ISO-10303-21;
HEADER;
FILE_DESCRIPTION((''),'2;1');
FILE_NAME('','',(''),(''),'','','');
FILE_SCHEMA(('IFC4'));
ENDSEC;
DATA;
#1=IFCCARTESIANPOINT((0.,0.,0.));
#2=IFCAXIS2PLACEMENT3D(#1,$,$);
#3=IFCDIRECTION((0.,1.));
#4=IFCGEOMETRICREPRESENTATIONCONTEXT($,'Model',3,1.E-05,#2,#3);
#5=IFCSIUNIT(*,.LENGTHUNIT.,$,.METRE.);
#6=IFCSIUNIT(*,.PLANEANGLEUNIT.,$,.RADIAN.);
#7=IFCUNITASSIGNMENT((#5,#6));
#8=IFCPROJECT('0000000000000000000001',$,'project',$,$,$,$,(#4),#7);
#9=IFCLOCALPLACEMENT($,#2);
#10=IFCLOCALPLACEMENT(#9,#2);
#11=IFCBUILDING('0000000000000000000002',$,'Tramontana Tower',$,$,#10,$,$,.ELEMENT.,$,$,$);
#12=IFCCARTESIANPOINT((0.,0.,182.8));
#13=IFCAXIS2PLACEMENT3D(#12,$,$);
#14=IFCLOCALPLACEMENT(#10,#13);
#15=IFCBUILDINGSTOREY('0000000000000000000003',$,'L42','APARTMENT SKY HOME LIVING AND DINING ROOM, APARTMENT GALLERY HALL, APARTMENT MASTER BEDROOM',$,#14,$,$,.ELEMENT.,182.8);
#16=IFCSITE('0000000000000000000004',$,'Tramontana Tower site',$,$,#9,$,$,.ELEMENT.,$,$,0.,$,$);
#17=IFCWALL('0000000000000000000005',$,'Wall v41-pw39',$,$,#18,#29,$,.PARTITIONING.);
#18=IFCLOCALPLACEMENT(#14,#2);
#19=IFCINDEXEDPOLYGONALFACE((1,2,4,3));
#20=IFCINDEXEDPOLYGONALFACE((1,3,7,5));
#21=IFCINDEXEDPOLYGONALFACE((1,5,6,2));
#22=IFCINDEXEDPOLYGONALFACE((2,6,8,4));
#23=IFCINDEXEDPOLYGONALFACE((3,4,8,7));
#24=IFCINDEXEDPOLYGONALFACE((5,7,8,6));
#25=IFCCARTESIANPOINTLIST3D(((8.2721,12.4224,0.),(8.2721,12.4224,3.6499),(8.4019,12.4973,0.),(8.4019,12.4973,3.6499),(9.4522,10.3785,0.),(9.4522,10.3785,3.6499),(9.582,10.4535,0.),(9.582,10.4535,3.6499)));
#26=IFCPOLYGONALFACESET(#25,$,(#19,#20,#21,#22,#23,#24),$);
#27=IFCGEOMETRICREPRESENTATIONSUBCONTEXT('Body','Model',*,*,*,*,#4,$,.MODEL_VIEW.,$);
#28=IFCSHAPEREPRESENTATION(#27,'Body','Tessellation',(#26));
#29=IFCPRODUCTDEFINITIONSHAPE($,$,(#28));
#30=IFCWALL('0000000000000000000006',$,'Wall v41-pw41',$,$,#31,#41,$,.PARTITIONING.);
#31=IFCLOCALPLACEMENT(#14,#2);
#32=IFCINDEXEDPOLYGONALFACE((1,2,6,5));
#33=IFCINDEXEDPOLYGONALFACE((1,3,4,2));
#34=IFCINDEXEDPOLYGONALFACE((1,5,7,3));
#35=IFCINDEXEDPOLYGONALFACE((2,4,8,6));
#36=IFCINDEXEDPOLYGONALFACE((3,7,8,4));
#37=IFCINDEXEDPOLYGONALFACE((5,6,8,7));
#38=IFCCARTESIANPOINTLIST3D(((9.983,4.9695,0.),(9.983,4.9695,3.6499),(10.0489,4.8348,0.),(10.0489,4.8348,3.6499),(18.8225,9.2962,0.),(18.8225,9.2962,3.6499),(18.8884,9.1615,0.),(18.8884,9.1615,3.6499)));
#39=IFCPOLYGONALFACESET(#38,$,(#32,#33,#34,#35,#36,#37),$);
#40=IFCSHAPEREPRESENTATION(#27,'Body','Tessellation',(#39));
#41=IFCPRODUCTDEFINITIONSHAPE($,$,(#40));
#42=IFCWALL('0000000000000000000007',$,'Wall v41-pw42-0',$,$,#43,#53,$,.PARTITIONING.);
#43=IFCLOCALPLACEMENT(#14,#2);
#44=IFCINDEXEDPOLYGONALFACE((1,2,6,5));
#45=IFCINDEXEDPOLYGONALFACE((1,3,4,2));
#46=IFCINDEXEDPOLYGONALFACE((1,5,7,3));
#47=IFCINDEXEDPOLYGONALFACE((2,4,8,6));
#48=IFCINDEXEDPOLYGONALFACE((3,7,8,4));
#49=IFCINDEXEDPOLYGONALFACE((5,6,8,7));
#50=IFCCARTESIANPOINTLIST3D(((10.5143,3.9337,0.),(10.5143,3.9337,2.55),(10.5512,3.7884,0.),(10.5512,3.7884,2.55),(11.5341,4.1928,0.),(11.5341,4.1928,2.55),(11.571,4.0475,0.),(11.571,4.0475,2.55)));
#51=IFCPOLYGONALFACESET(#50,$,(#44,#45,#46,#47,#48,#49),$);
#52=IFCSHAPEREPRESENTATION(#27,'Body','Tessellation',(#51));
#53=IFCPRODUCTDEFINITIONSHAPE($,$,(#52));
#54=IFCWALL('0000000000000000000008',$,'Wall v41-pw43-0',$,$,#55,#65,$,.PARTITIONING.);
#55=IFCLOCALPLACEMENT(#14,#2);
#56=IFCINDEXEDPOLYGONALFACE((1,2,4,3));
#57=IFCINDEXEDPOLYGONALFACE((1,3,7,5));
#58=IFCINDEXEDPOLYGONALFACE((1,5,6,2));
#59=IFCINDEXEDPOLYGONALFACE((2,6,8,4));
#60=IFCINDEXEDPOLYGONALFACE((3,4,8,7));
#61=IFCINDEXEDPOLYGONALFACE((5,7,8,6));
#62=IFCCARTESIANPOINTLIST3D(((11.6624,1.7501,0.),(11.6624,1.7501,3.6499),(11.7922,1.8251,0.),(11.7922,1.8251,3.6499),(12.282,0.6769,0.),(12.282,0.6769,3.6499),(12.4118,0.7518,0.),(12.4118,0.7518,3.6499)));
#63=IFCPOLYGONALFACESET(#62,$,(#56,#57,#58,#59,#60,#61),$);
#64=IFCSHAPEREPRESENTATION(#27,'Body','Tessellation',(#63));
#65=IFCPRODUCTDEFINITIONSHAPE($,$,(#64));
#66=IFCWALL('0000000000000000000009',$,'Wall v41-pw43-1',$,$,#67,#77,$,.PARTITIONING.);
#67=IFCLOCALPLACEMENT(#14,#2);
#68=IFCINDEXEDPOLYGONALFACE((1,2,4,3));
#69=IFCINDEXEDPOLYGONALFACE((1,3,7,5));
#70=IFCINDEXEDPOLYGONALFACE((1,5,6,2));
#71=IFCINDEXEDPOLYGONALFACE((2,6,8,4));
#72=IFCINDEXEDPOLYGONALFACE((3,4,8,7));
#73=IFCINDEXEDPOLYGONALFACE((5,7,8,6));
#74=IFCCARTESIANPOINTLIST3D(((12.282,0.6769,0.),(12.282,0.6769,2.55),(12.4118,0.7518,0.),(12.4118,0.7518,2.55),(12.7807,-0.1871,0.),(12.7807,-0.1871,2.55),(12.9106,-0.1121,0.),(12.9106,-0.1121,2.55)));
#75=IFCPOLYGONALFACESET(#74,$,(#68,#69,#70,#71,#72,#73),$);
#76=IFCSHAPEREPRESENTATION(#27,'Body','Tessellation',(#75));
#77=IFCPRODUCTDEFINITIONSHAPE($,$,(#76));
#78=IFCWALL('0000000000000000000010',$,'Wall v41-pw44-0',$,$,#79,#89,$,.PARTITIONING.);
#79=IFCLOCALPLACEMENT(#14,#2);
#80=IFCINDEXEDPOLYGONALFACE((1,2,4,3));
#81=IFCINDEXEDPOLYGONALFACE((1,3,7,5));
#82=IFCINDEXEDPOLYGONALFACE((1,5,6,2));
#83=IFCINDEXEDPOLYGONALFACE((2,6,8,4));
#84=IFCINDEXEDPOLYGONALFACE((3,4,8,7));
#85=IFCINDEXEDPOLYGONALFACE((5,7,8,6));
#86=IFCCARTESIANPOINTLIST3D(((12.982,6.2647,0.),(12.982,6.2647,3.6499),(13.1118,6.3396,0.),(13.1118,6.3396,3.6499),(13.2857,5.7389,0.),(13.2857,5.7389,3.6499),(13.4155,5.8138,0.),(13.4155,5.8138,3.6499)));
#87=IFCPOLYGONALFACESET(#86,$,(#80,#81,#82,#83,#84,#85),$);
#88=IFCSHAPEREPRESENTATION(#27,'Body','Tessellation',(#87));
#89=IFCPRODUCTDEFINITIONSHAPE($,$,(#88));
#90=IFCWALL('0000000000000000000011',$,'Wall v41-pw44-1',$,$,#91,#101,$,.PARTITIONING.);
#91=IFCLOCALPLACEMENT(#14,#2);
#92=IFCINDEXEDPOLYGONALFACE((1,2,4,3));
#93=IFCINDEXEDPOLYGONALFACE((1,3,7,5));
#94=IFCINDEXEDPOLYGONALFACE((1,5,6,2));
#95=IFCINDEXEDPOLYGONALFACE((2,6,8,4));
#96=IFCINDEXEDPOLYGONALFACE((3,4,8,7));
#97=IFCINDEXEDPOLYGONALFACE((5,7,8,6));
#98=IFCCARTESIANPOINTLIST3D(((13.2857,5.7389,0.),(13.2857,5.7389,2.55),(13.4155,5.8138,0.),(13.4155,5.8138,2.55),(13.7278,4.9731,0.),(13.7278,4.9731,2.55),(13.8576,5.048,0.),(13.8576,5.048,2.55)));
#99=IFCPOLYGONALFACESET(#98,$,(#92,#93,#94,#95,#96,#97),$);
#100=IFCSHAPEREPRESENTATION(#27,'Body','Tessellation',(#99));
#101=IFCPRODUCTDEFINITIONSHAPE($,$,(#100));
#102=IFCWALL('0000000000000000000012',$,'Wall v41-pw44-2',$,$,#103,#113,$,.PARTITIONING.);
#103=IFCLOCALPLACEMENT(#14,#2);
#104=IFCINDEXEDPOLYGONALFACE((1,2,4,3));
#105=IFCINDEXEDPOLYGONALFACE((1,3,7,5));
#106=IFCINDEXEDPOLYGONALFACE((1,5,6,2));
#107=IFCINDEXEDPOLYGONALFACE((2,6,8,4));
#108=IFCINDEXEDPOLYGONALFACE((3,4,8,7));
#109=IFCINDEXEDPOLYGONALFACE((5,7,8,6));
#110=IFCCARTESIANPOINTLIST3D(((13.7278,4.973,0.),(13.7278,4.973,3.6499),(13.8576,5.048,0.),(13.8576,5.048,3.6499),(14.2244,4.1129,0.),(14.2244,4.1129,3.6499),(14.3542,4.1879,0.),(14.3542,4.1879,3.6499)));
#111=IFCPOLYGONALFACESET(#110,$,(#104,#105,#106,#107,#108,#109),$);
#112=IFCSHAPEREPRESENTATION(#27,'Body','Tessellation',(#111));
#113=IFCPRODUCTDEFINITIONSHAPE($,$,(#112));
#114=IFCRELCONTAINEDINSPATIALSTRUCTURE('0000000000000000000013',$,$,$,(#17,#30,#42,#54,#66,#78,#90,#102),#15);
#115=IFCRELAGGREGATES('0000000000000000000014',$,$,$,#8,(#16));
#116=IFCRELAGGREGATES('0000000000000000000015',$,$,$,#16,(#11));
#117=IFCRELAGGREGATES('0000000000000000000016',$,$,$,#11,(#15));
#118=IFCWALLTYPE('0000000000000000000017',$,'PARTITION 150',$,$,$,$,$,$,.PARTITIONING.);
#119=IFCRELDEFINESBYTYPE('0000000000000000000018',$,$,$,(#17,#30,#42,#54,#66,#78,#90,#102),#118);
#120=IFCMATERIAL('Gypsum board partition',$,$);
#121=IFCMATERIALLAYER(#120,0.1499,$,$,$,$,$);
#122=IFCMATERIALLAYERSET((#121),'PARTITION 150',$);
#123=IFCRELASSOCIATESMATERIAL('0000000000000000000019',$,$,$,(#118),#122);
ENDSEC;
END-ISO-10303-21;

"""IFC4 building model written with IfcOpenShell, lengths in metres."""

from ifc_helpers import new_model, si_unit, direction, frame, frame_2d, origin, place, context, subcontext, project, spatial, rectangle, extrude, material, layer, layer_set, type_object, element, save


model = new_model("IFC4")

# Units and contexts
model_context = context("Model", 3, precision=1e-05, world=origin(), true_north=direction((0.0, 1.0)))
body_context = subcontext(model_context, "Body", "Model", "MODEL_VIEW")
ifc_project = project(units=[si_unit("LENGTHUNIT", "METRE"), si_unit("PLANEANGLEUNIT", "RADIAN")], contexts=[model_context])

# Site, building, storey
site_placement = place(None, origin())
site = spatial("IfcSite", under=ifc_project, at=site_placement, Name="Tramontana Tower site", CompositionType="ELEMENT", RefElevation=0.0)
building_placement = place(site_placement, origin())
building = spatial("IfcBuilding", under=site, at=building_placement, Name="Tramontana Tower", CompositionType="ELEMENT")
storey_placement = place(building_placement, frame((0.0, 0.0, 182.8)))
storey = spatial("IfcBuildingStorey", under=building, at=storey_placement, Name="L42", Description="APARTMENT SKY HOME LIVING AND DINING ROOM, APARTMENT GALLERY HALL, APARTMENT MASTER BEDROOM", CompositionType="ELEMENT", Elevation=182.8)

# Walls
ifc_material_1 = material(Name="Gypsum board partition")
ifc_layer_1 = layer(ifc_material_1, 0.1499)
ifc_layer_set_1 = layer_set([ifc_layer_1], Name="PARTITION 150")
wall_type_1 = type_object("IfcWallType", Name="PARTITION 150", PredefinedType="PARTITIONING", material=ifc_layer_set_1)
wall_1_placement = place(storey_placement, frame((8.3369, 12.46, 0.0), z_axis=(0.0, 0.0, 1.0), x_axis=(0.500033, -0.866006, 0.0)))
element("IfcWall", 1, at=wall_1_placement, inside=storey, type_object=wall_type_1, Name="Wall v41-pw39", PredefinedType="PARTITIONING", context=body_context, shape_type="SweptSolid", body=[
    extrude(rectangle(XDim=2.3601, YDim=0.1499, at=frame_2d((1.1802, 0.0))), origin(), (0.0, 0.0, 1.0), 3.6499),
])
wall_2_placement = place(storey_placement, frame((10.0159, 4.9021, 0.0), z_axis=(0.0, 0.0, 1.0), x_axis=(0.898176, 0.439636, 0.0)))
element("IfcWall", 2, at=wall_2_placement, inside=storey, type_object=wall_type_1, Name="Wall v41-pw41", PredefinedType="PARTITIONING", context=body_context, shape_type="SweptSolid", body=[
    extrude(rectangle(XDim=9.8416, YDim=0.1499, at=frame_2d((4.9209, 0.0))), origin(), (0.0, 0.0, 1.0), 3.6499),
])
wall_3_placement = place(storey_placement, frame((10.5327, 3.8611, 0.0), z_axis=(0.0, 0.0, 1.0), x_axis=(0.969221, 0.246192, 0.0)))
element("IfcWall", 3, at=wall_3_placement, inside=storey, type_object=wall_type_1, Name="Wall v41-pw42-0", PredefinedType="PARTITIONING", context=body_context, shape_type="SweptSolid", body=[
    extrude(rectangle(XDim=1.0522, YDim=0.1499, at=frame_2d((0.5261, 0.0))), origin(), (0.0, 0.0, 1.0), 2.55),
])

# Walls
wall_4_placement = place(storey_placement, frame((11.7273, 1.7876, 0.0), z_axis=(0.0, 0.0, 1.0), x_axis=(0.499995, -0.866028, 0.0)))
element("IfcWall", 4, at=wall_4_placement, inside=storey, type_object=wall_type_1, Name="Wall v41-pw43-0", PredefinedType="PARTITIONING", context=body_context, shape_type="SweptSolid", body=[
    extrude(rectangle(XDim=1.2393, YDim=0.1499, at=frame_2d((0.6196, 0.0))), origin(), (0.0, 0.0, 1.0), 3.6499),
])
wall_5_placement = place(storey_placement, frame((12.3469, 0.7144, 0.0), z_axis=(0.0, 0.0, 1.0), x_axis=(0.499955, -0.866051, 0.0)))
element("IfcWall", 5, at=wall_5_placement, inside=storey, type_object=wall_type_1, Name="Wall v41-pw43-1", PredefinedType="PARTITIONING", context=body_context, shape_type="SweptSolid", body=[
    extrude(rectangle(XDim=0.9976, YDim=0.1499, at=frame_2d((0.4988, 0.0))), origin(), (0.0, 0.0, 1.0), 2.55),
])
wall_6_placement = place(storey_placement, frame((13.0469, 6.3022, 0.0), z_axis=(0.0, 0.0, 1.0), x_axis=(0.500117, -0.865958, 0.0)))
element("IfcWall", 6, at=wall_6_placement, inside=storey, type_object=wall_type_1, Name="Wall v41-pw44-0", PredefinedType="PARTITIONING", context=body_context, shape_type="SweptSolid", body=[
    extrude(rectangle(XDim=0.6072, YDim=0.1499, at=frame_2d((0.3037, 0.0))), origin(), (0.0, 0.0, 1.0), 3.6499),
])
wall_7_placement = place(storey_placement, frame((13.3506, 5.7764, 0.0), z_axis=(0.0, 0.0, 1.0), x_axis=(0.499969, -0.866043, 0.0)))
element("IfcWall", 7, at=wall_7_placement, inside=storey, type_object=wall_type_1, Name="Wall v41-pw44-1", PredefinedType="PARTITIONING", context=body_context, shape_type="SweptSolid", body=[
    extrude(rectangle(XDim=0.8843, YDim=0.1499, at=frame_2d((0.4421, 0.0))), origin(), (0.0, 0.0, 1.0), 2.55),
])
wall_8_placement = place(storey_placement, frame((13.7927, 5.0105, 0.0), z_axis=(0.0, 0.0, 1.0), x_axis=(0.499999, -0.866026, 0.0)))
element("IfcWall", 8, at=wall_8_placement, inside=storey, type_object=wall_type_1, Name="Wall v41-pw44-2", PredefinedType="PARTITIONING", context=body_context, shape_type="SweptSolid", body=[
    extrude(rectangle(XDim=0.9932, YDim=0.1499, at=frame_2d((0.4966, 0.0))), origin(), (0.0, 0.0, 1.0), 3.6499),
])

save(model, "model.ifc")
